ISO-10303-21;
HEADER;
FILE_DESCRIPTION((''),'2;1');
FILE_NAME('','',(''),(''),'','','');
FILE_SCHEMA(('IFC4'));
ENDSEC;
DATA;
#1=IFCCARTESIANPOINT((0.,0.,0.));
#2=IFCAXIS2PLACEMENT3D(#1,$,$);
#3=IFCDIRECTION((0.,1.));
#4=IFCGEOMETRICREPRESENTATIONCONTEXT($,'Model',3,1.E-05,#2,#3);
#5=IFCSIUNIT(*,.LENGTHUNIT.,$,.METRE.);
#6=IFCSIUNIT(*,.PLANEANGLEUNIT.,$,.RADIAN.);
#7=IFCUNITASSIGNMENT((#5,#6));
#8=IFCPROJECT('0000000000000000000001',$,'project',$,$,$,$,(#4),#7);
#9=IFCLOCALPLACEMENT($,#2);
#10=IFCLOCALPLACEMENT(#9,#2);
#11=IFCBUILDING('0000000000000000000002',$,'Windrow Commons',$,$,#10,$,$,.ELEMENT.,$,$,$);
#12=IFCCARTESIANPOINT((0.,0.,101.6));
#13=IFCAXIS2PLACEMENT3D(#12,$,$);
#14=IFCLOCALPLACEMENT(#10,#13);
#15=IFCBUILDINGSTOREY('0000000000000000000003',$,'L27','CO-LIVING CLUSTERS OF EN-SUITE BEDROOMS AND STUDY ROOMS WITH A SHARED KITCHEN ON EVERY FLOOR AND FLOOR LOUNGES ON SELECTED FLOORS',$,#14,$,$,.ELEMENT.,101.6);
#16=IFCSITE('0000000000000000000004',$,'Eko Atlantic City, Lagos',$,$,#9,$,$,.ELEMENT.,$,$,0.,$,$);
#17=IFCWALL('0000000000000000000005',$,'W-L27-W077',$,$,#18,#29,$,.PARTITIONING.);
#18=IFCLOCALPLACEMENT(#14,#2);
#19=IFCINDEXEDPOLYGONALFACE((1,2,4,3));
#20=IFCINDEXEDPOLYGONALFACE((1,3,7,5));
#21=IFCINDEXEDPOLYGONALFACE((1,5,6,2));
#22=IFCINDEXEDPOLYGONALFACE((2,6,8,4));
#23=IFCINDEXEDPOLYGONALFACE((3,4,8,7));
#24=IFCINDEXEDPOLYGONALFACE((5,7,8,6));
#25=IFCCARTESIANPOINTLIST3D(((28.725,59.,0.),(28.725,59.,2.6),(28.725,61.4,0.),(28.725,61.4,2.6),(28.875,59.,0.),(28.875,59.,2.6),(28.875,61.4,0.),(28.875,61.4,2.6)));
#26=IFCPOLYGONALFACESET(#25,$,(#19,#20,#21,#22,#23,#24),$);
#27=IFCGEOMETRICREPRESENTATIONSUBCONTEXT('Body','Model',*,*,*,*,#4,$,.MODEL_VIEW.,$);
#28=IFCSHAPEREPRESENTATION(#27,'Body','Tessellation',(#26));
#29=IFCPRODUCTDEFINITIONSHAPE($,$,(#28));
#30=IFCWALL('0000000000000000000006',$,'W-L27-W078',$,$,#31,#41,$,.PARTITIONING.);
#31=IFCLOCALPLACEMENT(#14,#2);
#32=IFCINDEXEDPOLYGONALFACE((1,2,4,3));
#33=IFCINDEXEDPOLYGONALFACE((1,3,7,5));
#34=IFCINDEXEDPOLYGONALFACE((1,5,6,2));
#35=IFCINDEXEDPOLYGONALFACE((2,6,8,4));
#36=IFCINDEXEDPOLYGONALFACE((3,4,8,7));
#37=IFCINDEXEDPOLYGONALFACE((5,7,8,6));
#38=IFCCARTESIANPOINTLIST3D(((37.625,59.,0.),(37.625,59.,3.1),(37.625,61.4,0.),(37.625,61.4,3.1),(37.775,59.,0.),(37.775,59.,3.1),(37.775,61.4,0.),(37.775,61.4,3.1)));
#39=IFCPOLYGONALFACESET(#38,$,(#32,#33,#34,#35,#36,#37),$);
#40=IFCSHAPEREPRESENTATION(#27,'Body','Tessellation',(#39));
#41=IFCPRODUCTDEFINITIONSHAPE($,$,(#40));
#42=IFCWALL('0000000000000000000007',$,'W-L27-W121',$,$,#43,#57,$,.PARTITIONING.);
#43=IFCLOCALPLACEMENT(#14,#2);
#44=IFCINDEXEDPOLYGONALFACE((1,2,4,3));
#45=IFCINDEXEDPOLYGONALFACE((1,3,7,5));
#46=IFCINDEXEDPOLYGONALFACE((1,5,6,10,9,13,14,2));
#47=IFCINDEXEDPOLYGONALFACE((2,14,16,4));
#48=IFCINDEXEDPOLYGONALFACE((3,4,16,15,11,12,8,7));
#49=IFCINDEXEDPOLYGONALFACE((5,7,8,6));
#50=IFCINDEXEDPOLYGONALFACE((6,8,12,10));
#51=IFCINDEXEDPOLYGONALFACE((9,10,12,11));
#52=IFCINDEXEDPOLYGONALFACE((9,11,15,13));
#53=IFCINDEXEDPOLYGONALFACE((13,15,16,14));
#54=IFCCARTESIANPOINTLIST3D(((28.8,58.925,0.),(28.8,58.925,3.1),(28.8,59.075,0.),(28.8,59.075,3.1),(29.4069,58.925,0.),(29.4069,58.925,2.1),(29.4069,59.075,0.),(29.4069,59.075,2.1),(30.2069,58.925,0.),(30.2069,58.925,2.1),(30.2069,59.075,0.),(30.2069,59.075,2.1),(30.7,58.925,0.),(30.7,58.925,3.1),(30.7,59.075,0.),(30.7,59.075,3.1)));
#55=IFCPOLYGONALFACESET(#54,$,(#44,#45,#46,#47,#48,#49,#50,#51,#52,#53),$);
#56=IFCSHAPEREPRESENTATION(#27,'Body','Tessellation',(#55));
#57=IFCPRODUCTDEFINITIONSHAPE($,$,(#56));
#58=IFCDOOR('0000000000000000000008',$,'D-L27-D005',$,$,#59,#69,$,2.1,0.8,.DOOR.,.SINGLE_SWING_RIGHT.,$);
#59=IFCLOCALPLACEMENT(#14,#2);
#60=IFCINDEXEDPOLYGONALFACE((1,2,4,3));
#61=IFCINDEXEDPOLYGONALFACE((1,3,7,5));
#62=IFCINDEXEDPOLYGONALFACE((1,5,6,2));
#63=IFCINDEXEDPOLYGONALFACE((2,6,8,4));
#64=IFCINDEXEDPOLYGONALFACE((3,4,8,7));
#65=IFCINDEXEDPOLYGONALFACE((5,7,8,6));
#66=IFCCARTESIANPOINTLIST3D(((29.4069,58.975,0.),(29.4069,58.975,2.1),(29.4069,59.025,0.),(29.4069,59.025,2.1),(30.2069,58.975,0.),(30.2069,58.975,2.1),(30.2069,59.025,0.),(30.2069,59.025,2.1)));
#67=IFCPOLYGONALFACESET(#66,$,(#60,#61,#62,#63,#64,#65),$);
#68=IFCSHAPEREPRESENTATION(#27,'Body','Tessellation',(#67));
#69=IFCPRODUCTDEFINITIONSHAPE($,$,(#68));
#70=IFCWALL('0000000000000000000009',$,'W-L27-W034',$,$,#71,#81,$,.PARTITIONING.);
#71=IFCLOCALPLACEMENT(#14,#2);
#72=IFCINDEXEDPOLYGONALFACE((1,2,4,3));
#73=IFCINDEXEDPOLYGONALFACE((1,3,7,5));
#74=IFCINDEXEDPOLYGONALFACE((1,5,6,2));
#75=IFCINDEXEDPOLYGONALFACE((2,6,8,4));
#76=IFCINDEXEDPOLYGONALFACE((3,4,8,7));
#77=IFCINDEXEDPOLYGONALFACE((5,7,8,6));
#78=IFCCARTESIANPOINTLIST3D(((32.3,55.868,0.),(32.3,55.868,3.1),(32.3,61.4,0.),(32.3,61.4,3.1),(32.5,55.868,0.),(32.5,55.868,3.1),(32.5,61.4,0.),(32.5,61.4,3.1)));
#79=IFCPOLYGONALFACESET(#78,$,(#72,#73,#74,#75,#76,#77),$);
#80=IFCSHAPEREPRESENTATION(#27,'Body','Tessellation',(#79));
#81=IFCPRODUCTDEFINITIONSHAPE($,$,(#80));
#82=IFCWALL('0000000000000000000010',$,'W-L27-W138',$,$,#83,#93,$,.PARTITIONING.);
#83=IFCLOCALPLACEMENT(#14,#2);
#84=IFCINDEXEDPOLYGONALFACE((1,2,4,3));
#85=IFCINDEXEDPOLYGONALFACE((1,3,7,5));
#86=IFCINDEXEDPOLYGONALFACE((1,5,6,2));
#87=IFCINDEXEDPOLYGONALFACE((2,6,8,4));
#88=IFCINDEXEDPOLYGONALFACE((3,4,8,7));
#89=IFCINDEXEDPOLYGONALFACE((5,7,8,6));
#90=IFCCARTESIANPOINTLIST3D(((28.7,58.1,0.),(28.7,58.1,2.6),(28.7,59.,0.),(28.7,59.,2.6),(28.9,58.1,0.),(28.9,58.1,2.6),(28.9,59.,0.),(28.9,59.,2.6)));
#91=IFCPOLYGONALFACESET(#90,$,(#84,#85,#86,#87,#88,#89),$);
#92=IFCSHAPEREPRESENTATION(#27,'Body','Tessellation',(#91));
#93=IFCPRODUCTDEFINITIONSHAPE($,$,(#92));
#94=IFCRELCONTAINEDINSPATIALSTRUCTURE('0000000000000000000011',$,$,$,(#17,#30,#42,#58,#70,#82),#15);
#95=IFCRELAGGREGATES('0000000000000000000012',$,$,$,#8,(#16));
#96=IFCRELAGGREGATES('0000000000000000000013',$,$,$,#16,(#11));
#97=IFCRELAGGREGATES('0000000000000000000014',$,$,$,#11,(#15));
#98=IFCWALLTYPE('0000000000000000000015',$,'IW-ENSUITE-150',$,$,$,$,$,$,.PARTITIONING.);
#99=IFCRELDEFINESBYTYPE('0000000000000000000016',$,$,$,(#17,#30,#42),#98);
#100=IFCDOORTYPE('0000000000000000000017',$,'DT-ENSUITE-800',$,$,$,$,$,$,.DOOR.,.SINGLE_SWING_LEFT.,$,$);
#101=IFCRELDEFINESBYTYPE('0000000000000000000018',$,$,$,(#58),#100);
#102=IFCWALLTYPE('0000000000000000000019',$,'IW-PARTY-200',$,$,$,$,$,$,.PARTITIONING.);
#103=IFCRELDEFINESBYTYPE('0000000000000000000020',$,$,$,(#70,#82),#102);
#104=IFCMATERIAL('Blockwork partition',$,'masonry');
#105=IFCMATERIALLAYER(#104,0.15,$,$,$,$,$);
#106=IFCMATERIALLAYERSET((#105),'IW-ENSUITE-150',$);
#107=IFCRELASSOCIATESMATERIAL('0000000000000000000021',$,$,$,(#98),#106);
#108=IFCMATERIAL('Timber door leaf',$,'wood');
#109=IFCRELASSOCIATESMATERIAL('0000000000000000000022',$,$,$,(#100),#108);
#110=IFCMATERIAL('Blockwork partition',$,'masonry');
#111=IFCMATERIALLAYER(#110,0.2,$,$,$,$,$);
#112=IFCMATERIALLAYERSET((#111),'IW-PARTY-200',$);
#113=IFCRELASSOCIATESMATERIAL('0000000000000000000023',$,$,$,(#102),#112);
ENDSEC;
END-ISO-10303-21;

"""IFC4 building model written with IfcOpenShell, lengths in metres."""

from ifc_helpers import new_model, si_unit, direction, frame, frame_2d, origin, place, context, subcontext, project, spatial, rectangle, extrude, material, layer, layer_set, type_object, element, fill, save


model = new_model("IFC4")

# Units and contexts
model_context = context("Model", 3, precision=1e-05, world=origin(), true_north=direction((0.0, 1.0)))
body_context = subcontext(model_context, "Body", "Model", "MODEL_VIEW")
ifc_project = project(units=[si_unit("LENGTHUNIT", "METRE"), si_unit("PLANEANGLEUNIT", "RADIAN")], contexts=[model_context])

# Site, building, storey
site_placement = place(None, origin())
site = spatial("IfcSite", under=ifc_project, at=site_placement, Name="Eko Atlantic City, Lagos", CompositionType="ELEMENT", RefElevation=0.0)
building_placement = place(site_placement, origin())
building = spatial("IfcBuilding", under=site, at=building_placement, Name="Windrow Commons", CompositionType="ELEMENT")
storey_placement = place(building_placement, frame((0.0, 0.0, 101.6)))
storey = spatial("IfcBuildingStorey", under=building, at=storey_placement, Name="L27", Description="CO-LIVING CLUSTERS OF EN-SUITE BEDROOMS AND STUDY ROOMS WITH A SHARED KITCHEN ON EVERY FLOOR AND FLOOR LOUNGES ON SELECTED FLOORS", CompositionType="ELEMENT", Elevation=101.6)

# Walls
ifc_material_1 = material(Name="Blockwork partition", Category="masonry")
ifc_layer_1 = layer(ifc_material_1, 0.15)
ifc_layer_set_1 = layer_set([ifc_layer_1], Name="IW-ENSUITE-150")
wall_type_1 = type_object("IfcWallType", Name="IW-ENSUITE-150", PredefinedType="PARTITIONING", material=ifc_layer_set_1)
wall_1_placement = place(storey_placement, frame((28.8, 59.0, 0.0), z_axis=(0.0, 0.0, 1.0), x_axis=(0.0, 1.0, 0.0)))
element("IfcWall", 1, at=wall_1_placement, inside=storey, type_object=wall_type_1, Name="W-L27-W077", PredefinedType="PARTITIONING", context=body_context, shape_type="SweptSolid", body=[
    extrude(rectangle(XDim=2.4, YDim=0.15, at=frame_2d((1.2, 0.0))), origin(), (0.0, 0.0, 1.0), 2.6),
])
wall_2_placement = place(storey_placement, frame((37.7, 59.0, 0.0), z_axis=(0.0, 0.0, 1.0), x_axis=(0.0, 1.0, 0.0)))
element("IfcWall", 2, at=wall_2_placement, inside=storey, type_object=wall_type_1, Name="W-L27-W078", PredefinedType="PARTITIONING", context=body_context, shape_type="SweptSolid", body=[
    extrude(rectangle(XDim=2.4, YDim=0.15, at=frame_2d((1.2, 0.0))), origin(), (0.0, 0.0, 1.0), 3.1),
])

# Wall, opening, door
wall_3_placement = place(storey_placement, frame((28.8, 59.0, 0.0), z_axis=(0.0, 0.0, 1.0), x_axis=(1.0, 0.0, 0.0)))
wall_3 = element("IfcWall", 3, at=wall_3_placement, inside=storey, type_object=wall_type_1, Name="W-L27-W121", PredefinedType="PARTITIONING", context=body_context, shape_type="SweptSolid", body=[
    extrude(rectangle(XDim=1.9, YDim=0.15, at=frame_2d((0.95, 0.0))), origin(), (0.0, 0.0, 1.0), 3.1),
])
opening_1_placement = place(wall_3_placement, frame((0.6069, 0.0, 0.0)))
opening_1 = element("IfcOpeningElement", 4, at=opening_1_placement, cuts=wall_3, PredefinedType="OPENING", context=body_context, shape_type="SweptSolid", body=[
    extrude(rectangle(XDim=0.8, YDim=2.1, at=frame_2d((0.4, 1.05))), frame((0.0, 0.085, 0.0), z_axis=(0.0, -1.0, 0.0), x_axis=(1.0, 0.0, 0.0)), (0.0, 0.0, 1.0), 0.17),
])
ifc_material_2 = material(Name="Timber door leaf", Category="wood")
door_type = type_object("IfcDoorType", Name="DT-ENSUITE-800", OperationType="SINGLE_SWING_LEFT", PredefinedType="DOOR", material=ifc_material_2)
door_placement = place(opening_1_placement, origin())
door = element("IfcDoor", 5, at=door_placement, inside=storey, type_object=door_type, Name="D-L27-D005", OperationType="SINGLE_SWING_RIGHT", OverallHeight=2.1, OverallWidth=0.8, PredefinedType="DOOR", context=body_context, shape_type="SweptSolid", body=[
    extrude(rectangle(XDim=0.8, YDim=2.1, at=frame_2d((0.4, 1.05))), frame((0.0, 0.025, 0.0), z_axis=(0.0, -1.0, 0.0), x_axis=(1.0, 0.0, 0.0)), (0.0, 0.0, 1.0), 0.05),
])
fill(opening_1, door)

# Walls
ifc_material_3 = material(Name="Blockwork partition", Category="masonry")
ifc_layer_2 = layer(ifc_material_3, 0.2)
ifc_layer_set_2 = layer_set([ifc_layer_2], Name="IW-PARTY-200")
wall_type_2 = type_object("IfcWallType", Name="IW-PARTY-200", PredefinedType="PARTITIONING", material=ifc_layer_set_2)
wall_4_placement = place(storey_placement, frame((32.4, 55.868, 0.0), z_axis=(0.0, 0.0, 1.0), x_axis=(0.0, 1.0, 0.0)))
element("IfcWall", 6, at=wall_4_placement, inside=storey, type_object=wall_type_2, Name="W-L27-W034", PredefinedType="PARTITIONING", context=body_context, shape_type="SweptSolid", body=[
    extrude(rectangle(XDim=5.532, YDim=0.2, at=frame_2d((2.766, 0.0))), origin(), (0.0, 0.0, 1.0), 3.1),
])
wall_5_placement = place(storey_placement, frame((28.8, 58.1, 0.0), z_axis=(0.0, 0.0, 1.0), x_axis=(0.0, 1.0, 0.0)))
element("IfcWall", 7, at=wall_5_placement, inside=storey, type_object=wall_type_2, Name="W-L27-W138", PredefinedType="PARTITIONING", context=body_context, shape_type="SweptSolid", body=[
    extrude(rectangle(XDim=0.9, YDim=0.2, at=frame_2d((0.45, 0.0))), origin(), (0.0, 0.0, 1.0), 2.6),
])

save(model, "model.ifc")
